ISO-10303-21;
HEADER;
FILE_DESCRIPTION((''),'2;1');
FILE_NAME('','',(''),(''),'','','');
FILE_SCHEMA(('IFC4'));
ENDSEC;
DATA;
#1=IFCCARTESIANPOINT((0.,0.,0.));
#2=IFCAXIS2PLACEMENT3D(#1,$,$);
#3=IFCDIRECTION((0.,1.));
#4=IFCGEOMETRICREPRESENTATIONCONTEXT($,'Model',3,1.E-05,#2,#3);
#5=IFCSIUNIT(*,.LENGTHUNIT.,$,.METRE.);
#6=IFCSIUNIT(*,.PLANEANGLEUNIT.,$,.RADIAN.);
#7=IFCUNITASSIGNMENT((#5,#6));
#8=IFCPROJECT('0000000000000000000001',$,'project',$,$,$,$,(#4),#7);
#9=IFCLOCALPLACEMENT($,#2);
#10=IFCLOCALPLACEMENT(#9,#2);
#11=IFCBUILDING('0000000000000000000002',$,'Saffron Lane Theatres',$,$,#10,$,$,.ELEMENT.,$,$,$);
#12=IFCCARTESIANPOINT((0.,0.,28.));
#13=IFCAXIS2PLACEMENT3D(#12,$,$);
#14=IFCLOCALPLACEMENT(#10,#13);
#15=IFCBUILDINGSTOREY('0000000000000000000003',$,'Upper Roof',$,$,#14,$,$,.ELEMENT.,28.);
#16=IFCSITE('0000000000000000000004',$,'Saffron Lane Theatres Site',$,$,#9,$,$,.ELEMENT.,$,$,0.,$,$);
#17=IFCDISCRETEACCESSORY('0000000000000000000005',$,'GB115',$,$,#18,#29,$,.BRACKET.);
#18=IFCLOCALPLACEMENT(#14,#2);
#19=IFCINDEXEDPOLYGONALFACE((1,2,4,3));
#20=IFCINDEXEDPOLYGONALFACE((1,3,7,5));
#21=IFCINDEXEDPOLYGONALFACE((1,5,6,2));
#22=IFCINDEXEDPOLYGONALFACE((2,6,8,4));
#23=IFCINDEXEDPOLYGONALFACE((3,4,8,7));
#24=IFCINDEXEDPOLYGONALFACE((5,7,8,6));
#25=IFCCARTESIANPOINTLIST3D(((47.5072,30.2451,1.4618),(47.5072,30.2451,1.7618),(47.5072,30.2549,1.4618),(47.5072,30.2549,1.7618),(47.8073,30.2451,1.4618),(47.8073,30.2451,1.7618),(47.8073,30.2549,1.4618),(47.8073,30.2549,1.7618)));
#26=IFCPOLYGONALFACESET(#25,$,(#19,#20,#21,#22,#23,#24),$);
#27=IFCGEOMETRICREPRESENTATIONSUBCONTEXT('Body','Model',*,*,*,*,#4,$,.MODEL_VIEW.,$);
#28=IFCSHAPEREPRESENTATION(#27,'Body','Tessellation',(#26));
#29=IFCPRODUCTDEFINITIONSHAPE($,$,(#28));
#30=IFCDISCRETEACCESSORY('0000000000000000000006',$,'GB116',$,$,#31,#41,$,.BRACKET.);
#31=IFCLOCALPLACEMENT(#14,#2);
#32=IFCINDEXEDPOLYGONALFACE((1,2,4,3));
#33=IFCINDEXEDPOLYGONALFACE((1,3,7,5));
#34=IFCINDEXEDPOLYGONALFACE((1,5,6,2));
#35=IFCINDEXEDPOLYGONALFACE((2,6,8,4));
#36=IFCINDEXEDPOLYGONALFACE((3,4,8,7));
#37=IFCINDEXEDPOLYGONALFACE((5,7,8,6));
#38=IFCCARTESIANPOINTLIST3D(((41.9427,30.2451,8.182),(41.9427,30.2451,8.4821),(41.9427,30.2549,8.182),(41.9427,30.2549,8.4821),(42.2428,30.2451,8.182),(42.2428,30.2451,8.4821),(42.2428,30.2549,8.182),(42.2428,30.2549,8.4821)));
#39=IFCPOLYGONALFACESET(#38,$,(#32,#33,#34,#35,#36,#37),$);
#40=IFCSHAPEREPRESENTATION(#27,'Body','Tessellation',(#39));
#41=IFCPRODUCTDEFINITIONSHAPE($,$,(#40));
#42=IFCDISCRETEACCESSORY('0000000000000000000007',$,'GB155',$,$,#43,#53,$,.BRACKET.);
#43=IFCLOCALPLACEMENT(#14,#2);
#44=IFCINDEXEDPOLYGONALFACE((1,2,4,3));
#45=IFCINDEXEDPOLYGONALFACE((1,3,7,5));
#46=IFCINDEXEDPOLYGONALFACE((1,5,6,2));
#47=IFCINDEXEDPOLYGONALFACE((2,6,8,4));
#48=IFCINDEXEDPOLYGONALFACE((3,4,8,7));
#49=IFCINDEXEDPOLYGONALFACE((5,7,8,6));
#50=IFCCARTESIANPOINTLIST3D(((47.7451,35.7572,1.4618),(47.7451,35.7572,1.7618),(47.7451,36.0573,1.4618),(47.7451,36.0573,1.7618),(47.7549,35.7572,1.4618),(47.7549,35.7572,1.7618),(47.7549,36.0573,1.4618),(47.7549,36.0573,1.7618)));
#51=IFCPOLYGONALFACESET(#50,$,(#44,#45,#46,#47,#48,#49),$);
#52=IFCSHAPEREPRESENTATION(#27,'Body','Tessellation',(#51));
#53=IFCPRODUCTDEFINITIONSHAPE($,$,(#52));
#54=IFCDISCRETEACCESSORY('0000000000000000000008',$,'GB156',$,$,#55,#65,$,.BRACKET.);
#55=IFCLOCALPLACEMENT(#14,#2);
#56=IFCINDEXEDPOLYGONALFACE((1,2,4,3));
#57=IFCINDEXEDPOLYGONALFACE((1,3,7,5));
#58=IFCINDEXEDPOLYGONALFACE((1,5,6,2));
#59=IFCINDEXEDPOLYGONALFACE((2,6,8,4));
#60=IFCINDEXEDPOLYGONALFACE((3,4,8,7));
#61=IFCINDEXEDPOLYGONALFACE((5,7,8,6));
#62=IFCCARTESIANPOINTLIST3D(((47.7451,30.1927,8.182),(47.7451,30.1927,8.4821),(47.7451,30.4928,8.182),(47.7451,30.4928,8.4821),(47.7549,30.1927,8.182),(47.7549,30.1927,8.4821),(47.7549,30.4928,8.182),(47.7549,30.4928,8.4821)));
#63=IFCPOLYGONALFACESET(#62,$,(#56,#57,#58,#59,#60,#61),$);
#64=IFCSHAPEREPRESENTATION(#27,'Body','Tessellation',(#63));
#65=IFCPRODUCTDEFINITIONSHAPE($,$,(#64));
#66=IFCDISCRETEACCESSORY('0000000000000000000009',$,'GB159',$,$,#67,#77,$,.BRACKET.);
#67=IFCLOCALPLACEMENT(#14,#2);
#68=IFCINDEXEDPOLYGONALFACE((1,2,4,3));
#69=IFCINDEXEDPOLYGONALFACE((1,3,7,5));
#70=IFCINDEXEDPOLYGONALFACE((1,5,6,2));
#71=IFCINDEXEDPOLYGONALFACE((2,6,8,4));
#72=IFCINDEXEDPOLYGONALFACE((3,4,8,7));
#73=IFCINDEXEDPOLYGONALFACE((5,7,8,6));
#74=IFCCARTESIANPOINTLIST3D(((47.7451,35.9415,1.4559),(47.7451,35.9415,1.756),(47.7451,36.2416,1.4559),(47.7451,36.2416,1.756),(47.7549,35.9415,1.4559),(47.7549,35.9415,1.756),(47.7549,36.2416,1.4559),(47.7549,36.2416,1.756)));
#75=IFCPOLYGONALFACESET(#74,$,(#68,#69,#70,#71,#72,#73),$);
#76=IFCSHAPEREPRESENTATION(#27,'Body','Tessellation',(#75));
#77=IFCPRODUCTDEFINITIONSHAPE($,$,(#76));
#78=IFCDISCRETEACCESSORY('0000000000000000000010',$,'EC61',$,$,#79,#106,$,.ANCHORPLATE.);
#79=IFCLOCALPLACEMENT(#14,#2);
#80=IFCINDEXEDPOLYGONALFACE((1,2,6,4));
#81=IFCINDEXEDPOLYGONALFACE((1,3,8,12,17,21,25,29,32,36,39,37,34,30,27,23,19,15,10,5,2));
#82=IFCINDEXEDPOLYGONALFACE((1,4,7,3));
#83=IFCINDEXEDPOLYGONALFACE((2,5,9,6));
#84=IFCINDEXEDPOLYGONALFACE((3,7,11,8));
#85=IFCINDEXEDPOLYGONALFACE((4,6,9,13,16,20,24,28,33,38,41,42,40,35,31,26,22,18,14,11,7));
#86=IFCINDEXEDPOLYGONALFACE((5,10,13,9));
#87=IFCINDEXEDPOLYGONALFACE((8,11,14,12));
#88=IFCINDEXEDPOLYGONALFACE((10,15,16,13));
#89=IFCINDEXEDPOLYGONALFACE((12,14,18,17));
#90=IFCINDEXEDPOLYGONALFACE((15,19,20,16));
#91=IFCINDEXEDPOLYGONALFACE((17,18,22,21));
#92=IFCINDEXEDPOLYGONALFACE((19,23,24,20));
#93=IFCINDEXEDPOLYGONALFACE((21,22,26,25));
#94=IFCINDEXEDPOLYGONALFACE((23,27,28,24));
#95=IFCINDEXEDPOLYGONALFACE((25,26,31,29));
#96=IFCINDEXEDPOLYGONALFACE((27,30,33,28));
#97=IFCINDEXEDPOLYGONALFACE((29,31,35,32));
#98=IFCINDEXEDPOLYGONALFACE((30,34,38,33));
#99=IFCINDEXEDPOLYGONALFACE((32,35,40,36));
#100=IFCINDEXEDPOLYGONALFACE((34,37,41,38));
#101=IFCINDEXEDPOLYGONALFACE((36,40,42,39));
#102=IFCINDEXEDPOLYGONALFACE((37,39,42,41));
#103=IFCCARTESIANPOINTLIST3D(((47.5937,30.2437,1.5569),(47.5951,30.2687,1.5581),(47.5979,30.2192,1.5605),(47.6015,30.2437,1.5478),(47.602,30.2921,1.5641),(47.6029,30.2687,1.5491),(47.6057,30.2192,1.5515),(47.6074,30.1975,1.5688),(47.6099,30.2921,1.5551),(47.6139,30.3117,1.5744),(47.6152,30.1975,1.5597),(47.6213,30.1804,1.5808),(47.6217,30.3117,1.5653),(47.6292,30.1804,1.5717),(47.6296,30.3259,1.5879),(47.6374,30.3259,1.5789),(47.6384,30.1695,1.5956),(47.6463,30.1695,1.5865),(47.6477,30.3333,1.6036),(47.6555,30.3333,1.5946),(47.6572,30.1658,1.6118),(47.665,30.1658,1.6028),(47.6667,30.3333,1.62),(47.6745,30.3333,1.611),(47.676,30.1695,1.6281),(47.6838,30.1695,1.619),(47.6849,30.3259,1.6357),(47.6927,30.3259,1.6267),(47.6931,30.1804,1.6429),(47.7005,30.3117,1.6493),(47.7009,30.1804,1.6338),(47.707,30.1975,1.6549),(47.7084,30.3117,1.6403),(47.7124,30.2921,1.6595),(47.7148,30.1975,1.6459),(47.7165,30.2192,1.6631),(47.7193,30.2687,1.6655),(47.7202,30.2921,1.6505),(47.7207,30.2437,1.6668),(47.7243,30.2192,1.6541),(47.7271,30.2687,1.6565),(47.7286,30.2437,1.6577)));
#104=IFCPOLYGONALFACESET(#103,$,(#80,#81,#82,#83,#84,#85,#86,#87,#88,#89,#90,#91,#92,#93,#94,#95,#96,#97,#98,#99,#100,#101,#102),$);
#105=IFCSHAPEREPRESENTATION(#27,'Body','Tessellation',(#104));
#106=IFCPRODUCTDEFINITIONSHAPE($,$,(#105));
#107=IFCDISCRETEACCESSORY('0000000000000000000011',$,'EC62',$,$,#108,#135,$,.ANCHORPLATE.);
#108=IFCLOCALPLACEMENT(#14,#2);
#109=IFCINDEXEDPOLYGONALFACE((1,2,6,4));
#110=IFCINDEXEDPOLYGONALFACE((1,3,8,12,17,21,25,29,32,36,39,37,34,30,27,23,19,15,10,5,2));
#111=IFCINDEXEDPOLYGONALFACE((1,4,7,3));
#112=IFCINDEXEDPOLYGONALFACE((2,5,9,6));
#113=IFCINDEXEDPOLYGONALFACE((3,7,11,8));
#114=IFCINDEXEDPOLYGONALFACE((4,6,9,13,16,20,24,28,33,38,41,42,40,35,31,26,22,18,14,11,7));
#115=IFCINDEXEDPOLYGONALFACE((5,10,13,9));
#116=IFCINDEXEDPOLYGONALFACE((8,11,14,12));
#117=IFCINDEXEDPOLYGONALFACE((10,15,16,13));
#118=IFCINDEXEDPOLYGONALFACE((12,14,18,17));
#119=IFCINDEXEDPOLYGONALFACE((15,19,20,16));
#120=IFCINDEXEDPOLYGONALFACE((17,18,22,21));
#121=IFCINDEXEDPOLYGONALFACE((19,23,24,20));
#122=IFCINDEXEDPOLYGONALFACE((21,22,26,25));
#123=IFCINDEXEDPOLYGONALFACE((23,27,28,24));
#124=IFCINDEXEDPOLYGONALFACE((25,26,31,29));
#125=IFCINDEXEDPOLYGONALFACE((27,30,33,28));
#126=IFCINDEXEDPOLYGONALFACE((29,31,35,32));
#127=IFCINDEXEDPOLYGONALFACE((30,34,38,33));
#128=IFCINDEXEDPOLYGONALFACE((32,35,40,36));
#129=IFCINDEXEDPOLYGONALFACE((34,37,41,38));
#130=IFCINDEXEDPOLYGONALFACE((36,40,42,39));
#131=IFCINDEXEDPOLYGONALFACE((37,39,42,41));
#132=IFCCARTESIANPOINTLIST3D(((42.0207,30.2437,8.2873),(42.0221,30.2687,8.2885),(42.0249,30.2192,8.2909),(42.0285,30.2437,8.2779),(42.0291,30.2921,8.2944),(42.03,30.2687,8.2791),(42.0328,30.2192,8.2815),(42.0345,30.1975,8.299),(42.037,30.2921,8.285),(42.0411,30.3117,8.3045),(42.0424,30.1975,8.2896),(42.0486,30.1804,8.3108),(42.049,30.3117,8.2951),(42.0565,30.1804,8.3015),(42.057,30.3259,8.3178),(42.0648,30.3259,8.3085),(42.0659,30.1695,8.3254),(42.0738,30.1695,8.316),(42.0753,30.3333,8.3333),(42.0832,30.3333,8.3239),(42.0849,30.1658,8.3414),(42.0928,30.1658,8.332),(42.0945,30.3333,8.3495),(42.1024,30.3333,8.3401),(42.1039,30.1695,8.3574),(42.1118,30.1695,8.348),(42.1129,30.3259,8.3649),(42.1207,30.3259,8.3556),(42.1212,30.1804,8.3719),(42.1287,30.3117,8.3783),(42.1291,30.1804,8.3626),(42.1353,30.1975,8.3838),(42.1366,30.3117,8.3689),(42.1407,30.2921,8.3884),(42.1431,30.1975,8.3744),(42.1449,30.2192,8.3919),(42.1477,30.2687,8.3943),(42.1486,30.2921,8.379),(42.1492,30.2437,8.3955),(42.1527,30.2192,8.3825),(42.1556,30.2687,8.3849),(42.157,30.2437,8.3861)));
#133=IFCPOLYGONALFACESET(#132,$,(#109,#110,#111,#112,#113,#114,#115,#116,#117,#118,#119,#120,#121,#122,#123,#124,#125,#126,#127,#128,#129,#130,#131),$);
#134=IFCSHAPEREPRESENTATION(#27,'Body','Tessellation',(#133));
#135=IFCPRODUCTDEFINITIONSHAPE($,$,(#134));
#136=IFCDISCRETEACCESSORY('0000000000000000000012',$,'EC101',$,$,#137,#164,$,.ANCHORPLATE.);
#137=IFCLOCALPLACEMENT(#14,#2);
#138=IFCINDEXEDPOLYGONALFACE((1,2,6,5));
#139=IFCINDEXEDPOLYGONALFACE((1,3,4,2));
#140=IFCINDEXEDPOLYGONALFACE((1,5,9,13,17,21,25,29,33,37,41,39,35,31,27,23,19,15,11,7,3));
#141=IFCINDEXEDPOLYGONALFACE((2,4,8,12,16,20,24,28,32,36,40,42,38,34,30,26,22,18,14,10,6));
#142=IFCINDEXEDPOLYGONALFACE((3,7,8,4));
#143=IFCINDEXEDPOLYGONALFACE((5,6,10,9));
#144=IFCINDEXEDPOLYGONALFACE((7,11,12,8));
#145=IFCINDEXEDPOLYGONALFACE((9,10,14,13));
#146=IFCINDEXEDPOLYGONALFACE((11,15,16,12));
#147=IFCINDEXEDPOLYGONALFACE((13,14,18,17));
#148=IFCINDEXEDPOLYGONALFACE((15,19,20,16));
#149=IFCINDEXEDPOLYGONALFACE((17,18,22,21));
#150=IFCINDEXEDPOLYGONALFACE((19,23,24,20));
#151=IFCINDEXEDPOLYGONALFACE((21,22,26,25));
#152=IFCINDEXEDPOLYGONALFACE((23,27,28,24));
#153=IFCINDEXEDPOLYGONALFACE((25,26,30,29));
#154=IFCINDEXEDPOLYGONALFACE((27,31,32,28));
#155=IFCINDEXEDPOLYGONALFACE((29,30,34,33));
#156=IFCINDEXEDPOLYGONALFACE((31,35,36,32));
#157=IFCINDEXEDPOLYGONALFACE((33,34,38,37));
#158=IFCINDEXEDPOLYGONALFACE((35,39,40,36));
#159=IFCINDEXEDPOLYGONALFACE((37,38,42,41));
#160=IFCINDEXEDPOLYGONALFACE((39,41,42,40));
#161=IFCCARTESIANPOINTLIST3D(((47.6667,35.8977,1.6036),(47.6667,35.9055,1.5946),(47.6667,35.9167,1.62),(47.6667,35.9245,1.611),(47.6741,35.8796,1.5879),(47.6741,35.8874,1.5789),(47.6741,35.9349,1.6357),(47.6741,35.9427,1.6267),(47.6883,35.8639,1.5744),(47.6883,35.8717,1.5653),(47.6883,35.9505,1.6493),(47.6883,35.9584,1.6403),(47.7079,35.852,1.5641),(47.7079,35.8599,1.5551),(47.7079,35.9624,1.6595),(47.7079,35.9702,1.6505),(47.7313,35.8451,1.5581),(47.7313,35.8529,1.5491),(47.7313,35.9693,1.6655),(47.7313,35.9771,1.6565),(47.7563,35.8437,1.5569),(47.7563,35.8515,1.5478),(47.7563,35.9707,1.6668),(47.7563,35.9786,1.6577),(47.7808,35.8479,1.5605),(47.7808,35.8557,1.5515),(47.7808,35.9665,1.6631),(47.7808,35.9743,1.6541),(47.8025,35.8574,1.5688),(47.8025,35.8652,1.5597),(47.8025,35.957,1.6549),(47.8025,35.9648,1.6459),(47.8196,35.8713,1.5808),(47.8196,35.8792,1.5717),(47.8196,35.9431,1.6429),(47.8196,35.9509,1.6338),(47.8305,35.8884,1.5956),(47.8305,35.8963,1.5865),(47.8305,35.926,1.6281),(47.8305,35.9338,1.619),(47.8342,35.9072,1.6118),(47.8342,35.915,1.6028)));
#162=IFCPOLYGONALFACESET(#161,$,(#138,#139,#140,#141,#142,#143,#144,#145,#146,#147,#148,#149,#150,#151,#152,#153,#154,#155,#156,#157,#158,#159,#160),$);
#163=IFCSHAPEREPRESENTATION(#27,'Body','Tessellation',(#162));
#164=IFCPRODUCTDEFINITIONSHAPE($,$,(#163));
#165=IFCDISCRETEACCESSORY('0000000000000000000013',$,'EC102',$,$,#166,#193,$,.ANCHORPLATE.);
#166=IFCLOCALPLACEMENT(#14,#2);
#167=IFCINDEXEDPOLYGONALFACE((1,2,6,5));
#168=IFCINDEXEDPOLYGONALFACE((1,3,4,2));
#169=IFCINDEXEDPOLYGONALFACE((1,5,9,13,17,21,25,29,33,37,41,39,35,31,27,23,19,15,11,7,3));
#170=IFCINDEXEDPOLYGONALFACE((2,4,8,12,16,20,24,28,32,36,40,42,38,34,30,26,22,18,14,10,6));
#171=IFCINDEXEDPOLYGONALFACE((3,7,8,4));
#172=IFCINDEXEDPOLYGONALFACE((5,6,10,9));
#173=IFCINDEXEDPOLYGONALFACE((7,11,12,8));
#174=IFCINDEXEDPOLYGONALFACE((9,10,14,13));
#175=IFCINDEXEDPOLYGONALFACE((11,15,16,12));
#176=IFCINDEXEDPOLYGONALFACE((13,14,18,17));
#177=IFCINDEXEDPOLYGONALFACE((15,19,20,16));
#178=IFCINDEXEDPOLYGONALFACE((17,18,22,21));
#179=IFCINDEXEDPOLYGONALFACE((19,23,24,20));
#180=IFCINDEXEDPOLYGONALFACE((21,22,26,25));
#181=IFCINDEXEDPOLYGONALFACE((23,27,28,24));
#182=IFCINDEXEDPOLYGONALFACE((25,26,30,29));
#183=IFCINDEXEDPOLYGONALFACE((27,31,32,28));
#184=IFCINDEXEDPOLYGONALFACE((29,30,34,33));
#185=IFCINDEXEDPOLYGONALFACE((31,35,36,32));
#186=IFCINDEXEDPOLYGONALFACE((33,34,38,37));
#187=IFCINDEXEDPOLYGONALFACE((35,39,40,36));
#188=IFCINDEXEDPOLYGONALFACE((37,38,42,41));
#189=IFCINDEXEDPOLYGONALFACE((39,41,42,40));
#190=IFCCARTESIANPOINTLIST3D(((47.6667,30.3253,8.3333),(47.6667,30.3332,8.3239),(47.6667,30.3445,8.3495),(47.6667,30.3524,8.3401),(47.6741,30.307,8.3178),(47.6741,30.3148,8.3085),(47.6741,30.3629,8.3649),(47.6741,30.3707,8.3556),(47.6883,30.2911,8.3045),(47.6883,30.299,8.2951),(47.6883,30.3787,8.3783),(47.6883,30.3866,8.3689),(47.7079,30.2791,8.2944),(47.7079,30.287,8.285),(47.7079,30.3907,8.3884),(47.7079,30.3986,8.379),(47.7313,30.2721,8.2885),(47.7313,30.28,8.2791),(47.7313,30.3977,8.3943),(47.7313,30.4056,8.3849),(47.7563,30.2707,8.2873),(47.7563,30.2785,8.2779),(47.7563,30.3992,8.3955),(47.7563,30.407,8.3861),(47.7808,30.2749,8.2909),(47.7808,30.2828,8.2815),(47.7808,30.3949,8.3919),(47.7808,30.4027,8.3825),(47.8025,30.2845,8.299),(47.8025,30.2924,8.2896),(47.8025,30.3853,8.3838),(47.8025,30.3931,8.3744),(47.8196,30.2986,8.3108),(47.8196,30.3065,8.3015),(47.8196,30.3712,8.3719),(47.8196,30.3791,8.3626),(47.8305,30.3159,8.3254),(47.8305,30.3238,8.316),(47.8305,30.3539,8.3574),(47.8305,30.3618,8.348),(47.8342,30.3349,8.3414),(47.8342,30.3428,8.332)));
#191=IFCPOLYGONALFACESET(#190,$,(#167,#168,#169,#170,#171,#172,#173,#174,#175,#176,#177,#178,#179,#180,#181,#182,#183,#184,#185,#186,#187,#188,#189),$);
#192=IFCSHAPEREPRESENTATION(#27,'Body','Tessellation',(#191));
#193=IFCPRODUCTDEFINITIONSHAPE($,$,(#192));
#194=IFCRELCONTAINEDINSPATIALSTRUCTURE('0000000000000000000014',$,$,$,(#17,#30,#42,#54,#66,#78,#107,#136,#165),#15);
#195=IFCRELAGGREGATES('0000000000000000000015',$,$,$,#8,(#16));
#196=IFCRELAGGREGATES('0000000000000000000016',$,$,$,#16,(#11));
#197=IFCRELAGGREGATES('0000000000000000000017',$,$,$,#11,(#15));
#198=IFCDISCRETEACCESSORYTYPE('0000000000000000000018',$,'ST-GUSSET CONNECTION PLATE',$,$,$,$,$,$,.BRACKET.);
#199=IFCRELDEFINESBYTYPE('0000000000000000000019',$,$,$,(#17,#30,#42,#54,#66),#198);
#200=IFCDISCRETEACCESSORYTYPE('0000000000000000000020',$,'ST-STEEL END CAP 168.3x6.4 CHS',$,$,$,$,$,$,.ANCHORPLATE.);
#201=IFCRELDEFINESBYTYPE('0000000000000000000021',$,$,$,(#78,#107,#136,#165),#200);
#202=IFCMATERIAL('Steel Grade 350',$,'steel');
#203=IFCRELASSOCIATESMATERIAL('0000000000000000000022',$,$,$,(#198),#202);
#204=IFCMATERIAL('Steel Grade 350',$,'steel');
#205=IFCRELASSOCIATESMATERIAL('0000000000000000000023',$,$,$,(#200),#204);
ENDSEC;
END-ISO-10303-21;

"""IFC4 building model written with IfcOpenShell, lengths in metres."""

from ifc_helpers import new_model, si_unit, direction, frame, origin, origin_2d, place, context, subcontext, project, spatial, rectangle, circle, extrude, material, material_profile, profile_set, type_object, element, save


model = new_model("IFC4")

# Units and contexts
model_context = context("Model", 3, precision=1e-05, world=origin(), true_north=direction((0.0, 1.0)))
body_context = subcontext(model_context, "Body", "Model", "MODEL_VIEW")
ifc_project = project(units=[si_unit("LENGTHUNIT", "METRE"), si_unit("PLANEANGLEUNIT", "RADIAN")], contexts=[model_context])

# Site, building, storey
site_placement = place(None, origin())
site = spatial("IfcSite", under=ifc_project, at=site_placement, Name="Saffron Lane Theatres Site", CompositionType="ELEMENT", RefElevation=0.0)
building_placement = place(site_placement, origin())
building = spatial("IfcBuilding", under=site, at=building_placement, Name="Saffron Lane Theatres", CompositionType="ELEMENT")
storey_placement = place(building_placement, frame((0.0, 0.0, 28.0)))
storey = spatial("IfcBuildingStorey", under=building, at=storey_placement, Name="Upper Roof", CompositionType="ELEMENT", Elevation=28.0)

# Discrete accessories
ifc_material_1 = material(Name="Steel Grade 350", Category="steel")
ifc_material_profile_1 = material_profile(ifc_material_1, rectangle(XDim=0.3, YDim=0.3, at=origin_2d()))
ifc_profile_set_1 = profile_set([ifc_material_profile_1], Name="Steel Grade 350")
discrete_accessory_type_1 = type_object("IfcDiscreteAccessoryType", Name="ST-GUSSET CONNECTION PLATE", PredefinedType="BRACKET", material=ifc_profile_set_1)
for number, where, z_axis, x_axis, name in (
    (1, (47.6572, 30.2451, 1.6118), (0.0, 1.0, 0.0), (-1.0, 0.0, 0.0), "GB115"),
    (2, (42.0928, 30.2451, 8.332), (0.0, 1.0, 0.0), (-1.0, 0.0, 0.0), "GB116"),
    (3, (47.7451, 35.9072, 1.6118), (1.0, 0.0, 0.0), (0.0, 1.0, 0.0), "GB155"),
    (4, (47.7451, 30.3428, 8.332), (1.0, 0.0, 0.0), (0.0, 1.0, 0.0), "GB156"),
    (5, (47.7451, 36.0916, 1.606), (1.0, 0.0, 0.0), (0.0, 1.0, 0.0), "GB159"),
):
    element("IfcDiscreteAccessory", number, at=place(storey_placement, frame(where, z_axis=z_axis, x_axis=x_axis)), inside=storey, type_object=discrete_accessory_type_1, Name=name, PredefinedType="BRACKET", context=body_context, shape_type="SweptSolid", body=[
        extrude(rectangle(XDim=0.3, YDim=0.3, at=origin_2d()), origin(), (0.0, 0.0, 1.0), 0.0098),
    ])
ifc_material_2 = material(Name="Steel Grade 350", Category="steel")
ifc_material_profile_2 = material_profile(ifc_material_2, circle(Radius=0.0842, at=origin_2d()))
ifc_profile_set_2 = profile_set([ifc_material_profile_2], Name="Steel Grade 350")
discrete_accessory_type_2 = type_object("IfcDiscreteAccessoryType", Name="ST-STEEL END CAP 168.3x6.4 CHS", PredefinedType="ANCHORPLATE", material=ifc_profile_set_2)
discrete_accessory_1_placement = place(storey_placement, frame((47.665, 30.25, 1.6028), z_axis=(-0.654152, 0.0, 0.756363), x_axis=(0.0, -1.0, 0.0)))
element("IfcDiscreteAccessory", 6, at=discrete_accessory_1_placement, inside=storey, type_object=discrete_accessory_type_2, Name="EC61", PredefinedType="ANCHORPLATE", context=body_context, shape_type="SweptSolid", body=[
    extrude(circle(Radius=0.0842, at=origin_2d()), origin(), (0.0, 0.0, 1.0), 0.012),
])
discrete_accessory_2_placement = place(storey_placement, frame((42.0928, 30.25, 8.332), z_axis=(-0.644136, 0.0, 0.764911), x_axis=(0.0, -1.0, 0.0)))
element("IfcDiscreteAccessory", 7, at=discrete_accessory_2_placement, inside=storey, type_object=discrete_accessory_type_2, Name="EC62", PredefinedType="ANCHORPLATE", context=body_context, shape_type="SweptSolid", body=[
    extrude(circle(Radius=0.0842, at=origin_2d()), origin(), (0.0, 0.0, 1.0), 0.0122),
])
discrete_accessory_3_placement = place(storey_placement, frame((47.75, 35.915, 1.6028), z_axis=(0.0, -0.654152, 0.756363), x_axis=(1.0, 0.0, 0.0)))
element("IfcDiscreteAccessory", 8, at=discrete_accessory_3_placement, inside=storey, type_object=discrete_accessory_type_2, Name="EC101", PredefinedType="ANCHORPLATE", context=body_context, shape_type="SweptSolid", body=[
    extrude(circle(Radius=0.0842, at=origin_2d()), origin(), (0.0, 0.0, 1.0), 0.012),
])
discrete_accessory_4_placement = place(storey_placement, frame((47.75, 30.3428, 8.332), z_axis=(0.0, -0.644136, 0.764911), x_axis=(1.0, 0.0, 0.0)))
element("IfcDiscreteAccessory", 9, at=discrete_accessory_4_placement, inside=storey, type_object=discrete_accessory_type_2, Name="EC102", PredefinedType="ANCHORPLATE", context=body_context, shape_type="SweptSolid", body=[
    extrude(circle(Radius=0.0842, at=origin_2d()), origin(), (0.0, 0.0, 1.0), 0.0122),
])

save(model, "model.ifc")
